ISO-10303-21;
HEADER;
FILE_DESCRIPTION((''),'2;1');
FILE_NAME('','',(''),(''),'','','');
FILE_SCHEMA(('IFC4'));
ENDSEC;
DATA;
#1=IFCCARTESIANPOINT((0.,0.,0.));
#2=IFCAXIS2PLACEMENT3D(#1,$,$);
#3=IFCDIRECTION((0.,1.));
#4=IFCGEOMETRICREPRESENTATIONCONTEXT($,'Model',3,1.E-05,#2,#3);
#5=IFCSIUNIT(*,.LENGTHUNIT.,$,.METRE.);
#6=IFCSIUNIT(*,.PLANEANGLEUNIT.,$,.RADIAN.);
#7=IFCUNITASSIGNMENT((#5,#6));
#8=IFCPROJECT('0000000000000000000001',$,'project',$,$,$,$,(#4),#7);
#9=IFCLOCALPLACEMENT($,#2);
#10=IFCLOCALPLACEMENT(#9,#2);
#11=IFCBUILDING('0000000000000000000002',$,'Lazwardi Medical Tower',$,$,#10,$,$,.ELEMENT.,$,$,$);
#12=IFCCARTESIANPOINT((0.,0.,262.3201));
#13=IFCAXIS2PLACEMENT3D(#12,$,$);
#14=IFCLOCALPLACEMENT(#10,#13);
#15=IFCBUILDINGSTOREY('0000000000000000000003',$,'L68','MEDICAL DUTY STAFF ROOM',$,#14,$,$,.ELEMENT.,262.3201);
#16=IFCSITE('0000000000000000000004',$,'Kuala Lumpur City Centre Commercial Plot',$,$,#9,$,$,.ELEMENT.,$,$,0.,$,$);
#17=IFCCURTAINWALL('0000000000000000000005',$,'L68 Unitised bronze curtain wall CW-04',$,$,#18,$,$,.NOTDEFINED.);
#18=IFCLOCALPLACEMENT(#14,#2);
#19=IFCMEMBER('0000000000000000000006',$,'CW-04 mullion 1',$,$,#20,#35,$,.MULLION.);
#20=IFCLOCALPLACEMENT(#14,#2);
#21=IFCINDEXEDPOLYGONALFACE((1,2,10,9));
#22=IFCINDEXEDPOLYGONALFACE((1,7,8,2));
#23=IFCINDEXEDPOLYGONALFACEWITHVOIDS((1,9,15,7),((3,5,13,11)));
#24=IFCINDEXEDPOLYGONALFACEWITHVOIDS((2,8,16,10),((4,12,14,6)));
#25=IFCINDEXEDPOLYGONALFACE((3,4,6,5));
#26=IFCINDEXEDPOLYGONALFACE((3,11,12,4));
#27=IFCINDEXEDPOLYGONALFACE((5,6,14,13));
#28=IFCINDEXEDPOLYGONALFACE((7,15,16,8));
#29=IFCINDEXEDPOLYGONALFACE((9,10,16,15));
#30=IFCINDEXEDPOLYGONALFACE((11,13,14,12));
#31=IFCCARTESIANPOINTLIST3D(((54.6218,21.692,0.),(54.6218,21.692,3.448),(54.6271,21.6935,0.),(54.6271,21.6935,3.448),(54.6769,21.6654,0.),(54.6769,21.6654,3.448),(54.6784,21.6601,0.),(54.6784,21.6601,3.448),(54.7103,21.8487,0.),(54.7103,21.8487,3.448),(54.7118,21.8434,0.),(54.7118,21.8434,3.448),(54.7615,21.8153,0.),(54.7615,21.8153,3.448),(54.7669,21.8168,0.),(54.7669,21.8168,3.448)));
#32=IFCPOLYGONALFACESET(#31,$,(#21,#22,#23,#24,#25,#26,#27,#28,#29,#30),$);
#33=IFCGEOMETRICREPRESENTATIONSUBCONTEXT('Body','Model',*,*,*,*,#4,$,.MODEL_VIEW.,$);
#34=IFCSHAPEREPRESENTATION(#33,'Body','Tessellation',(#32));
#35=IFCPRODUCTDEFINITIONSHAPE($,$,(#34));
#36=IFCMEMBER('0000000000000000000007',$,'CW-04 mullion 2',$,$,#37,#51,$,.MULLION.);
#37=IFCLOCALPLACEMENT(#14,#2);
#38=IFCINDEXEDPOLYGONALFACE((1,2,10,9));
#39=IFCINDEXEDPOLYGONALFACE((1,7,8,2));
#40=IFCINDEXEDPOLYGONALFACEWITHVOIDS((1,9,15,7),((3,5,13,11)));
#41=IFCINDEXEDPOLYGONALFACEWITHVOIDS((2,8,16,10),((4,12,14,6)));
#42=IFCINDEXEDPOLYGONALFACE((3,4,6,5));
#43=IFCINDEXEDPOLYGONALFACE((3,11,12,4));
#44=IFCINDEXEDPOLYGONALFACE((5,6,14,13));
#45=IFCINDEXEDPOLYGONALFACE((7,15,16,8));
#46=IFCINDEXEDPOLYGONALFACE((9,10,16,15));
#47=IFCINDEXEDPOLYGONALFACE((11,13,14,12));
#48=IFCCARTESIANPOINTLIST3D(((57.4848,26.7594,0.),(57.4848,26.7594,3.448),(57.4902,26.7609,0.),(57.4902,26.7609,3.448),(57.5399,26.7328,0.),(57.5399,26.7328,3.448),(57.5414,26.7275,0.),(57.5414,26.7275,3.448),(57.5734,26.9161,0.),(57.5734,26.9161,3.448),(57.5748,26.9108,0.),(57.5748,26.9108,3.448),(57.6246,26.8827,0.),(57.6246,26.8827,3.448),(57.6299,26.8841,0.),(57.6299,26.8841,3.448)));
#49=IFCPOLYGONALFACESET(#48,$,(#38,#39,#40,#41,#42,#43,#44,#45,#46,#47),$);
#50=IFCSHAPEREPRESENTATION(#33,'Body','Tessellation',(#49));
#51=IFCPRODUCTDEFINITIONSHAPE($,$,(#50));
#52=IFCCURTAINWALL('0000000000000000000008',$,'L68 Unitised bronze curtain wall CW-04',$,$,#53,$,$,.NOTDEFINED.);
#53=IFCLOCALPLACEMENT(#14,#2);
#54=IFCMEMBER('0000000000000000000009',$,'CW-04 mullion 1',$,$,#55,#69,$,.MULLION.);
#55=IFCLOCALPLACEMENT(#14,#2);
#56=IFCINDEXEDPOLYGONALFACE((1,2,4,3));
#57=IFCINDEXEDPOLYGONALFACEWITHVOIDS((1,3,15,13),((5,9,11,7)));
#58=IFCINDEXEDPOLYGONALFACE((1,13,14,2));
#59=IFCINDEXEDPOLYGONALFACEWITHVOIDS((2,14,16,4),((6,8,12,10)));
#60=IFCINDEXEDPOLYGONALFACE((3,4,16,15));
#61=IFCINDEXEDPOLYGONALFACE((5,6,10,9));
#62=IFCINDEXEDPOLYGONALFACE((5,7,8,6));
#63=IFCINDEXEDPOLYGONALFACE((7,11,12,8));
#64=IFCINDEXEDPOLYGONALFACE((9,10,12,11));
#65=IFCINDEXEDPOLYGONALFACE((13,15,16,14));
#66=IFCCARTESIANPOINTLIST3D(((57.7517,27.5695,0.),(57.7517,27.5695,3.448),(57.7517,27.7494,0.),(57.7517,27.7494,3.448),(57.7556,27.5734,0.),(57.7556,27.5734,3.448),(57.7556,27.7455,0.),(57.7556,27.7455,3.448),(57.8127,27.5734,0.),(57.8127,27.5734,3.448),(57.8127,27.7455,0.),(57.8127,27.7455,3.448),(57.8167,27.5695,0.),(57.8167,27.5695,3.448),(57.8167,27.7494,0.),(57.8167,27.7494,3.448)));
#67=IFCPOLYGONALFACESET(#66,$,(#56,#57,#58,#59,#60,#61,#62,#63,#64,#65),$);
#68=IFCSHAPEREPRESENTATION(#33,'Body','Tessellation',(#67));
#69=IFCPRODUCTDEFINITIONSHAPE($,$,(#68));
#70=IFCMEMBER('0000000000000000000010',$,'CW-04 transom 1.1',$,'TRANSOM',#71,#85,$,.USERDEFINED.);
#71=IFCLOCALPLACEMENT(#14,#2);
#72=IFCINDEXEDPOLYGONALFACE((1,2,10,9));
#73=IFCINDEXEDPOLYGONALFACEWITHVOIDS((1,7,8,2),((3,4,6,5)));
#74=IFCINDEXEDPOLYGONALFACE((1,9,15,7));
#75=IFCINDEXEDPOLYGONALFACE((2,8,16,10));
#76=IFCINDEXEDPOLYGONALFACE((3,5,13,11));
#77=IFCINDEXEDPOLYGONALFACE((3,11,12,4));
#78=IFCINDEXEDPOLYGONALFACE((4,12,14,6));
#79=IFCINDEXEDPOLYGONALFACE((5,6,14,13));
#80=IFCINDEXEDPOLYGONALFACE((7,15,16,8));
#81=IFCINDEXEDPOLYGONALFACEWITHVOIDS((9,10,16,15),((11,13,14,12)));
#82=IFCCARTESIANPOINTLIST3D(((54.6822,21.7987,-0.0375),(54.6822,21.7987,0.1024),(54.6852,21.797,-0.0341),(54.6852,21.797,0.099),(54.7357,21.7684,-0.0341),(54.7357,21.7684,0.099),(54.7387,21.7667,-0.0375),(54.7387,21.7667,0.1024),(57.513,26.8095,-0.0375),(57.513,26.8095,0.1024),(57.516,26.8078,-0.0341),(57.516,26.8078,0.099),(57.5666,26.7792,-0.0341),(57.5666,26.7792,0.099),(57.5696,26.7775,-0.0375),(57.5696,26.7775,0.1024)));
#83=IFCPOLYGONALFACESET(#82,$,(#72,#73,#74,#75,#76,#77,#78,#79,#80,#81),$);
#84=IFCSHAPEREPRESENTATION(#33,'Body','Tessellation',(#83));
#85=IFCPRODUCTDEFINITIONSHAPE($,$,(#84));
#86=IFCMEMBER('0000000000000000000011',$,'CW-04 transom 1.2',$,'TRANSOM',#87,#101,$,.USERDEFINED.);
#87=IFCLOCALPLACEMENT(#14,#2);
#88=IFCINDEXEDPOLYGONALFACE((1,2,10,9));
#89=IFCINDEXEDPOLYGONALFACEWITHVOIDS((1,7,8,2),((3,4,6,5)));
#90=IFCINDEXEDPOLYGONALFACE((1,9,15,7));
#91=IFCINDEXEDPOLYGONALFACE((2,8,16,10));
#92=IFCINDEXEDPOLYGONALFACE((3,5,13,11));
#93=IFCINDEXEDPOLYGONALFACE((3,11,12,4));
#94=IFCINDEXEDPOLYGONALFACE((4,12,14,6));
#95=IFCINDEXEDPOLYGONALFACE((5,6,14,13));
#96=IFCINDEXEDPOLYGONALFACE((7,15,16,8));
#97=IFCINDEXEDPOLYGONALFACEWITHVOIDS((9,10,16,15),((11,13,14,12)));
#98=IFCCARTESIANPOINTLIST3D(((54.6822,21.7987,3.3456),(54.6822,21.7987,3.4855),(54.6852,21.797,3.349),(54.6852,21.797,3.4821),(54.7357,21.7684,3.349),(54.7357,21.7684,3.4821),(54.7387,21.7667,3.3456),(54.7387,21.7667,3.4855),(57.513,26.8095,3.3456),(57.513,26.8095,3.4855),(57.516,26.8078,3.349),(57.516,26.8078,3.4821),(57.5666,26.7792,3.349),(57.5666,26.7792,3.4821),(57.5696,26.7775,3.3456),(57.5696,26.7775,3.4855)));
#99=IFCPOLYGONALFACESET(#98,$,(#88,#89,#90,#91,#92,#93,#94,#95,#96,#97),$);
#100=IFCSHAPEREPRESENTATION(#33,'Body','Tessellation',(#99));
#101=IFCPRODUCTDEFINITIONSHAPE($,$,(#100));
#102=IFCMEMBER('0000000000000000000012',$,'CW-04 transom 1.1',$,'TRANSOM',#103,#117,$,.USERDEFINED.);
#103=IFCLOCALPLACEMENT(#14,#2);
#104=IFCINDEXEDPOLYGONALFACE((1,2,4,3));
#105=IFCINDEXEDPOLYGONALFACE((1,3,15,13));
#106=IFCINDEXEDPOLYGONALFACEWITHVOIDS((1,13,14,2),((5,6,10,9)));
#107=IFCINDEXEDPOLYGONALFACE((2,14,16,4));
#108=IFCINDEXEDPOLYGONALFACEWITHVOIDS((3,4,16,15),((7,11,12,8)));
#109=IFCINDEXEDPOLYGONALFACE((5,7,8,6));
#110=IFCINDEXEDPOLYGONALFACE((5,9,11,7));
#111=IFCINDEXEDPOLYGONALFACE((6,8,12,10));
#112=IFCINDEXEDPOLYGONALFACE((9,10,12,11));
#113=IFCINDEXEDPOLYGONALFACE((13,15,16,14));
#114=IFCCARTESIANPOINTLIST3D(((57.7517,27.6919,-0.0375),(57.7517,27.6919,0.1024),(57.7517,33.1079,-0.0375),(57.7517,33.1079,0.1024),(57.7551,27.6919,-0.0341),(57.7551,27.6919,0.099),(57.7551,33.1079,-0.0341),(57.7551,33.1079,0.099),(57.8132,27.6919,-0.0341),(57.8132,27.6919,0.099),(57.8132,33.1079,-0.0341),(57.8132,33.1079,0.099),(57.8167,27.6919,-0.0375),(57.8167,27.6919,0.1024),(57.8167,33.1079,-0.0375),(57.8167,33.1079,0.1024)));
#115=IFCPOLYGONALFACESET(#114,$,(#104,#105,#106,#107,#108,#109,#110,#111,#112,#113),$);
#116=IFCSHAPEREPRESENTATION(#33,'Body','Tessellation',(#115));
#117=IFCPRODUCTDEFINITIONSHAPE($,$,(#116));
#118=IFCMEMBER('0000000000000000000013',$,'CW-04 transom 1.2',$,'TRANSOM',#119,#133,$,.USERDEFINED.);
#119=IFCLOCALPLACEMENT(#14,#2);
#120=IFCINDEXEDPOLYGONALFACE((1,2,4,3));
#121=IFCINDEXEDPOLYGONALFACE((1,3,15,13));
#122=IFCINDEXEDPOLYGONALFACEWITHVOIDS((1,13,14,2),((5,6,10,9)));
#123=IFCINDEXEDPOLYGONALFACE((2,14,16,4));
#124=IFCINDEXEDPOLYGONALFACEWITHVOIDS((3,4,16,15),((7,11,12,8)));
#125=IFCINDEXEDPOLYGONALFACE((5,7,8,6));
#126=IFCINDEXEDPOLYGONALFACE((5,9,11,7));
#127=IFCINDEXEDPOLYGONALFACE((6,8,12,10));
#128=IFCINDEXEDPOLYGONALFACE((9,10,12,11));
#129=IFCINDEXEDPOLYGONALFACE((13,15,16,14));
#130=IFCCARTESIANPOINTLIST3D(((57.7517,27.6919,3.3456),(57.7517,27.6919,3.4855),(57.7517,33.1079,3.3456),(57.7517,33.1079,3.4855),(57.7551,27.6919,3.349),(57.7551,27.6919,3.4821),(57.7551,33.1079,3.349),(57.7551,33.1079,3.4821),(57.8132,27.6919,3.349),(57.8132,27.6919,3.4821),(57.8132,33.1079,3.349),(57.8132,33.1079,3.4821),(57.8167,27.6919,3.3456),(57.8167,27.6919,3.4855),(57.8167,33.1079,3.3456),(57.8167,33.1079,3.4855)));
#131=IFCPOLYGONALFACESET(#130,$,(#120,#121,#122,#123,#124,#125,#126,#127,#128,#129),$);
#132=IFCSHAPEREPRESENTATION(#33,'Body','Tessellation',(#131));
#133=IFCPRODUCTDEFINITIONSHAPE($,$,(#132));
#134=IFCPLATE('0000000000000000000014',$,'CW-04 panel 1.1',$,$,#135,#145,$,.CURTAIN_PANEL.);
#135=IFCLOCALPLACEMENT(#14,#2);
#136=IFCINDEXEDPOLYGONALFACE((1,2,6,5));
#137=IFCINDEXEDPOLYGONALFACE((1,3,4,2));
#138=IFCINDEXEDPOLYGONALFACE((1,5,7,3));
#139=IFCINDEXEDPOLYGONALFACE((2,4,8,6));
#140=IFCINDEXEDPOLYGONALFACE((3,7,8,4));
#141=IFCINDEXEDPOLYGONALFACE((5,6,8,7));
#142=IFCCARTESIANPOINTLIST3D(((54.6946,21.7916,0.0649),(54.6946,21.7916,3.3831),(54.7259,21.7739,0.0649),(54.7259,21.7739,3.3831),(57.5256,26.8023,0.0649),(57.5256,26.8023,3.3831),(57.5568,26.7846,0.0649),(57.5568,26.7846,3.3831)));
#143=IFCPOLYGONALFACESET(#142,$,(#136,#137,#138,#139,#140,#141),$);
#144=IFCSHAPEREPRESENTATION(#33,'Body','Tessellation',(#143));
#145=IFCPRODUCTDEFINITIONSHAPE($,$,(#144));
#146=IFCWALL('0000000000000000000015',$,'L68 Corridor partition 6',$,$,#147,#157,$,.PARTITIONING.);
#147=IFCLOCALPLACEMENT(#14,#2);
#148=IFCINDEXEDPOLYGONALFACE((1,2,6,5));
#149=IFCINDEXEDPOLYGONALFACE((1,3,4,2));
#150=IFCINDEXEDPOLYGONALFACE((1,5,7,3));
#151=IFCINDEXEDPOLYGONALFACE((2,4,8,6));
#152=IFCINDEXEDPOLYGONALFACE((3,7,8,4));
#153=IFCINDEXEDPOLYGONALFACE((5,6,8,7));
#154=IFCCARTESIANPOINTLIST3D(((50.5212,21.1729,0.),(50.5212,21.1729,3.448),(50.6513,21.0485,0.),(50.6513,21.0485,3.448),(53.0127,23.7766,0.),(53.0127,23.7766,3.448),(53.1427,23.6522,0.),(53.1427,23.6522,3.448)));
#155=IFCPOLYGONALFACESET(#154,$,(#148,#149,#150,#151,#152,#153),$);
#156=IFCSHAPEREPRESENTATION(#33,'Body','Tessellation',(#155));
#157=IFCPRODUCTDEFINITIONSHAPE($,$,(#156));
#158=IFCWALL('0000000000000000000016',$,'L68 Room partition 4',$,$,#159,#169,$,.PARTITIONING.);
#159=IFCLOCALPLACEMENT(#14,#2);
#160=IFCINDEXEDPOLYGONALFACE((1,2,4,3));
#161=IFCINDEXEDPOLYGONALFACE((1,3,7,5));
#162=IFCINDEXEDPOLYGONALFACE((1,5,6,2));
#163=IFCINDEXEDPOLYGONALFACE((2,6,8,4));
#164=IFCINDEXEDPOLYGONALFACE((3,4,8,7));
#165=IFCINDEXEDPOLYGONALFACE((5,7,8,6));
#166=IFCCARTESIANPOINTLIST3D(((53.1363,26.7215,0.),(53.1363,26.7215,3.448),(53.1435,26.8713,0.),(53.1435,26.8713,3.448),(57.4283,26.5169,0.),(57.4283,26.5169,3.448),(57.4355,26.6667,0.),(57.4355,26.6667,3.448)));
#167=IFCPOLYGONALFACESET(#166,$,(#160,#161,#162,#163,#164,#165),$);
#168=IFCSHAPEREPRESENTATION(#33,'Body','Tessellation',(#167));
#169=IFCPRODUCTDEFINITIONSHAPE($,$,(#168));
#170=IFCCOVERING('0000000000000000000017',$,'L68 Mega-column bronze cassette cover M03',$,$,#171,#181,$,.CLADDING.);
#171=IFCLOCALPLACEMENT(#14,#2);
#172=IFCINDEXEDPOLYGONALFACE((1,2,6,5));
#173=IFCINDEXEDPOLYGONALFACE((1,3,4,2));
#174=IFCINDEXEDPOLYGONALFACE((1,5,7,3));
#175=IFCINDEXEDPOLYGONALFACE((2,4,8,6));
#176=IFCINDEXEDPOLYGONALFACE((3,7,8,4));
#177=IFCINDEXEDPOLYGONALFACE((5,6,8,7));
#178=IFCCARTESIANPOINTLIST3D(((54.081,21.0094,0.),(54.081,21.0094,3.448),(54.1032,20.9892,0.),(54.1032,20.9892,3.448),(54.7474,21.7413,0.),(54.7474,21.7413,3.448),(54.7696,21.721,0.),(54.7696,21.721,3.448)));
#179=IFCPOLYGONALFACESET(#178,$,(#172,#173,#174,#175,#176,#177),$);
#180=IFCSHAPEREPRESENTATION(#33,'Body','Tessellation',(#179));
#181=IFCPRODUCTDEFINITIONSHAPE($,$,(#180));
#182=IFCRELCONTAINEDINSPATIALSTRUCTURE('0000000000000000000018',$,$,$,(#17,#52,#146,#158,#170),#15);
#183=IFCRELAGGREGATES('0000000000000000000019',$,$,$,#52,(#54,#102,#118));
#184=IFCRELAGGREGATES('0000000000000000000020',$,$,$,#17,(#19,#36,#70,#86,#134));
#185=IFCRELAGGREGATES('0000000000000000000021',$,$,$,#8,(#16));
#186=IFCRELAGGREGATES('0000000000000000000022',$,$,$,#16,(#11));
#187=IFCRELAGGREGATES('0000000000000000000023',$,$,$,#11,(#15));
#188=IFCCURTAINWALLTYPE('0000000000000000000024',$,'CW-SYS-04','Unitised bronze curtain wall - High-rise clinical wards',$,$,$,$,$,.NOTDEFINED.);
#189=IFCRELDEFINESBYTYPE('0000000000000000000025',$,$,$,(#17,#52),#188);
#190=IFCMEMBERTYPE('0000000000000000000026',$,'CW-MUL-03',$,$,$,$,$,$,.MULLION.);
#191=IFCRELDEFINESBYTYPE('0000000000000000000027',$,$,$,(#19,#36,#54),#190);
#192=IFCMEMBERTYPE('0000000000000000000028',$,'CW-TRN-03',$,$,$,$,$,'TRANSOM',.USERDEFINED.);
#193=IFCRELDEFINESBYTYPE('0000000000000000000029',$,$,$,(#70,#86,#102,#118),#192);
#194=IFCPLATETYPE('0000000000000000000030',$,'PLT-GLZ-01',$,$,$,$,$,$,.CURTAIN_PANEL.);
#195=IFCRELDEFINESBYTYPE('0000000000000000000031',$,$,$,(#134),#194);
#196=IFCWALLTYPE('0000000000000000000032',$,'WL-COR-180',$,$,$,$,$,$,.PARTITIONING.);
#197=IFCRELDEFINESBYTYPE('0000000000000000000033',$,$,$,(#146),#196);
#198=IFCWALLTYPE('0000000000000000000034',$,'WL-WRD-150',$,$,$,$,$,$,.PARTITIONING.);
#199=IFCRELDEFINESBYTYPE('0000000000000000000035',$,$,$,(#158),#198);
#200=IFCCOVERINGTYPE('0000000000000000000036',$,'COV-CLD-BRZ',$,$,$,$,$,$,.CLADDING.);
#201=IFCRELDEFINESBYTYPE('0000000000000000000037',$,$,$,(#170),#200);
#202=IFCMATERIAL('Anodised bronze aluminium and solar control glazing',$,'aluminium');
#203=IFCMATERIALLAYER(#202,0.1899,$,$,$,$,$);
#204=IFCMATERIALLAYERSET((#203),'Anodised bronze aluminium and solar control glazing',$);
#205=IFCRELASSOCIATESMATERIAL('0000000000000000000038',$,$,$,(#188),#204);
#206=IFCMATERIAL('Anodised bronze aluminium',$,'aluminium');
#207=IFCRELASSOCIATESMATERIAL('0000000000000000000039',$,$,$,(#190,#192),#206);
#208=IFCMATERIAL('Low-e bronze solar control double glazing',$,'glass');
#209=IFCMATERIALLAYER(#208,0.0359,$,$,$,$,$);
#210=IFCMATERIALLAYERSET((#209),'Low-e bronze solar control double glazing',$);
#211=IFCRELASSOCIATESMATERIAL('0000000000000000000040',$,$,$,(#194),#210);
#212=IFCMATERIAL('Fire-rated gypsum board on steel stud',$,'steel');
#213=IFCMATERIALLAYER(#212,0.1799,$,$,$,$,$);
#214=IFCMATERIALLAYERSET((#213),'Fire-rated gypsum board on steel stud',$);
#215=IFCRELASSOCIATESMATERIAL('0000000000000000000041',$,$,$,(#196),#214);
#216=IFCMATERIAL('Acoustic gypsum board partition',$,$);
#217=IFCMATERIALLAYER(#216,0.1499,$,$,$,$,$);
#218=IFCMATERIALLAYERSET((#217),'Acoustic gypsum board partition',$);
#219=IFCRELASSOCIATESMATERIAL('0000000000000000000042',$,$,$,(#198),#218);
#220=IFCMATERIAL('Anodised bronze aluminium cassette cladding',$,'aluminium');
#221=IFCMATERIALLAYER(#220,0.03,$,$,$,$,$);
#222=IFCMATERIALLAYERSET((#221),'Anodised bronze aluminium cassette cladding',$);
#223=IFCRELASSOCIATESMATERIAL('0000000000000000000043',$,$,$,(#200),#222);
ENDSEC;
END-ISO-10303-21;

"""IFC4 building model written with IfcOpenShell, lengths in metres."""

from ifc_helpers import new_model, si_unit, direction, frame, frame_2d, origin, origin_2d, place, context, subcontext, project, spatial, rectangle, hollow_rectangle, extrude, material, layer, layer_set, material_profile, profile_set, type_object, element, aggregate, save


model = new_model("IFC4")

# Units and contexts
model_context = context("Model", 3, precision=1e-05, world=origin(), true_north=direction((0.0, 1.0)))
body_context = subcontext(model_context, "Body", "Model", "MODEL_VIEW")
ifc_project = project(units=[si_unit("LENGTHUNIT", "METRE"), si_unit("PLANEANGLEUNIT", "RADIAN")], contexts=[model_context])

# Site, building, storey
site_placement = place(None, origin())
site = spatial("IfcSite", under=ifc_project, at=site_placement, Name="Kuala Lumpur City Centre Commercial Plot", CompositionType="ELEMENT", RefElevation=0.0)
building_placement = place(site_placement, origin())
building = spatial("IfcBuilding", under=site, at=building_placement, Name="Lazwardi Medical Tower", CompositionType="ELEMENT")
storey_placement = place(building_placement, frame((0.0, 0.0, 262.3201)))
storey = spatial("IfcBuildingStorey", under=building, at=storey_placement, Name="L68", Description="MEDICAL DUTY STAFF ROOM", CompositionType="ELEMENT", Elevation=262.3201)

# Shared definitions
ifc_material_1 = material(Name="Anodised bronze aluminium and solar control glazing", Category="aluminium")
ifc_layer_1 = layer(ifc_material_1, 0.1899)
ifc_layer_set_1 = layer_set([ifc_layer_1], Name="Anodised bronze aluminium and solar control glazing")
curtain_wall_type = type_object("IfcCurtainWallType", Name="CW-SYS-04", Description="Unitised bronze curtain wall - High-rise clinical wards", PredefinedType="NOTDEFINED", material=ifc_layer_set_1)
ifc_material_2 = material(Name="Anodised bronze aluminium", Category="aluminium")
ifc_material_profile_1 = material_profile(ifc_material_2, hollow_rectangle(XDim=0.0649, YDim=0.1799, WallThickness=0.0039, at=origin_2d()), Name="ALU-MULLION 180x65x4")
ifc_profile_set_1 = profile_set([ifc_material_profile_1], Name="Anodised bronze aluminium")
member_type_1 = type_object("IfcMemberType", Name="CW-MUL-03", PredefinedType="MULLION", material=ifc_profile_set_1)

# Curtain wall, members
curtain_wall_1_placement = place(storey_placement, origin())
curtain_wall_1 = element("IfcCurtainWall", 1, at=curtain_wall_1_placement, inside=storey, type_object=curtain_wall_type, Name="L68 Unitised bronze curtain wall CW-04", PredefinedType="NOTDEFINED")
member_1_placement = place(storey_placement, frame((54.6943, 21.7544, 0.0), z_axis=(0.0, 0.0, 1.0), x_axis=(-0.870651, 0.4919, 0.0)))
member_1 = element("IfcMember", 2, at=member_1_placement, type_object=member_type_1, Name="CW-04 mullion 1", PredefinedType="MULLION", context=body_context, shape_type="SweptSolid", body=[
    extrude(hollow_rectangle(XDim=0.0649, YDim=0.1799, WallThickness=0.0039, at=origin_2d()), origin(), (0.0, 0.0, 1.0), 3.448),
])
member_2_placement = place(storey_placement, frame((57.5574, 26.8218, 0.0), z_axis=(0.0, 0.0, 1.0), x_axis=(-0.870651, 0.4919, 0.0)))
member_2 = element("IfcMember", 3, at=member_2_placement, type_object=member_type_1, Name="CW-04 mullion 2", PredefinedType="MULLION", context=body_context, shape_type="SweptSolid", body=[
    extrude(hollow_rectangle(XDim=0.0649, YDim=0.1799, WallThickness=0.0039, at=origin_2d()), origin(), (0.0, 0.0, 1.0), 3.448),
])

# Curtain wall, member
curtain_wall_2_placement = place(storey_placement, origin())
curtain_wall_2 = element("IfcCurtainWall", 4, at=curtain_wall_2_placement, inside=storey, type_object=curtain_wall_type, Name="L68 Unitised bronze curtain wall CW-04", PredefinedType="NOTDEFINED")
member_3_placement = place(storey_placement, frame((57.7842, 27.6594, 0.0), z_axis=(0.0, 0.0, 1.0), x_axis=(-1.0, 0.0, 0.0)))
member_3 = element("IfcMember", 5, at=member_3_placement, type_object=member_type_1, Name="CW-04 mullion 1", PredefinedType="MULLION", context=body_context, shape_type="SweptSolid", body=[
    extrude(hollow_rectangle(XDim=0.0649, YDim=0.1799, WallThickness=0.0039, at=origin_2d()), origin(), (0.0, 0.0, 1.0), 3.448),
])

# Members
ifc_material_profile_2 = material_profile(ifc_material_2, hollow_rectangle(XDim=0.0649, YDim=0.1399, WallThickness=0.0034, at=origin_2d()), Name="ALU-TRANSOM 140x65x3.5")
ifc_profile_set_2 = profile_set([ifc_material_profile_2], Name="Anodised bronze aluminium")
member_type_2 = type_object("IfcMemberType", Name="CW-TRN-03", ElementType="TRANSOM", PredefinedType="USERDEFINED", material=ifc_profile_set_2)
member_4_placement = place(storey_placement, frame((54.7104, 21.7827, 0.0325), z_axis=(0.49188, 0.870663, 0.0), x_axis=(-0.870663, 0.49188, 0.0)))
member_4 = element("IfcMember", 6, at=member_4_placement, type_object=member_type_2, Name="CW-04 transom 1.1", ObjectType="TRANSOM", PredefinedType="USERDEFINED", context=body_context, shape_type="SweptSolid", body=[
    extrude(hollow_rectangle(XDim=0.0649, YDim=0.1399, WallThickness=0.0034, at=origin_2d()), origin(), (0.0, 0.0, 1.0), 5.7551),
])
member_5_placement = place(storey_placement, frame((54.7104, 21.7827, 3.4155), z_axis=(0.49188, 0.870663, 0.0), x_axis=(-0.870663, 0.49188, 0.0)))
member_5 = element("IfcMember", 7, at=member_5_placement, type_object=member_type_2, Name="CW-04 transom 1.2", ObjectType="TRANSOM", PredefinedType="USERDEFINED", context=body_context, shape_type="SweptSolid", body=[
    extrude(hollow_rectangle(XDim=0.0649, YDim=0.1399, WallThickness=0.0034, at=origin_2d()), origin(), (0.0, 0.0, 1.0), 5.7551),
])
member_6_placement = place(storey_placement, frame((57.7842, 27.6919, 0.0325), z_axis=(0.0, 1.0, 0.0), x_axis=(-1.0, 0.0, 0.0)))
member_6 = element("IfcMember", 8, at=member_6_placement, type_object=member_type_2, Name="CW-04 transom 1.1", ObjectType="TRANSOM", PredefinedType="USERDEFINED", context=body_context, shape_type="SweptSolid", body=[
    extrude(hollow_rectangle(XDim=0.0649, YDim=0.1399, WallThickness=0.0034, at=origin_2d()), origin(), (0.0, 0.0, 1.0), 5.416),
])
member_7_placement = place(storey_placement, frame((57.7842, 27.6919, 3.4155), z_axis=(0.0, 1.0, 0.0), x_axis=(-1.0, 0.0, 0.0)))
member_7 = element("IfcMember", 9, at=member_7_placement, type_object=member_type_2, Name="CW-04 transom 1.2", ObjectType="TRANSOM", PredefinedType="USERDEFINED", context=body_context, shape_type="SweptSolid", body=[
    extrude(hollow_rectangle(XDim=0.0649, YDim=0.1399, WallThickness=0.0034, at=origin_2d()), origin(), (0.0, 0.0, 1.0), 5.416),
])
aggregate(curtain_wall_2, [member_3, member_6, member_7])

# Plate
ifc_material_3 = material(Name="Low-e bronze solar control double glazing", Category="glass")
ifc_layer_2 = layer(ifc_material_3, 0.0359)
ifc_layer_set_2 = layer_set([ifc_layer_2], Name="Low-e bronze solar control double glazing")
plate_type = type_object("IfcPlateType", Name="PLT-GLZ-01", PredefinedType="CURTAIN_PANEL", material=ifc_layer_set_2)
plate_placement = place(storey_placement, frame((56.1257, 24.2881, 0.0649), z_axis=(0.0, 0.0, 1.0), x_axis=(0.4919, 0.870651, 0.0)))
plate = element("IfcPlate", 10, at=plate_placement, type_object=plate_type, Name="CW-04 panel 1.1", PredefinedType="CURTAIN_PANEL", context=body_context, shape_type="SweptSolid", body=[
    extrude(rectangle(XDim=5.7551, YDim=0.0359, at=origin_2d()), origin(), (0.0, 0.0, 1.0), 3.3181),
])
aggregate(curtain_wall_1, [member_1, member_2, member_4, member_5, plate])

# Walls
ifc_material_4 = material(Name="Fire-rated gypsum board on steel stud", Category="steel")
ifc_layer_3 = layer(ifc_material_4, 0.1799)
ifc_layer_set_3 = layer_set([ifc_layer_3], Name="Fire-rated gypsum board on steel stud")
wall_type_1 = type_object("IfcWallType", Name="WL-COR-180", PredefinedType="PARTITIONING", material=ifc_layer_set_3)
wall_1_placement = place(storey_placement, frame((53.0776, 23.7144, 0.0), z_axis=(0.0, 0.0, 1.0), x_axis=(-0.691353, -0.722517, 0.0)))
element("IfcWall", 11, at=wall_1_placement, inside=storey, type_object=wall_type_1, Name="L68 Corridor partition 6", PredefinedType="PARTITIONING", context=body_context, shape_type="SweptSolid", body=[
    extrude(rectangle(XDim=3.6038, YDim=0.1799, at=frame_2d((1.8018, 0.0))), origin(), (0.0, 0.0, 1.0), 3.448),
])
ifc_material_5 = material(Name="Acoustic gypsum board partition")
ifc_layer_4 = layer(ifc_material_5, 0.1499)
ifc_layer_set_4 = layer_set([ifc_layer_4], Name="Acoustic gypsum board partition")
wall_type_2 = type_object("IfcWallType", Name="WL-WRD-150", PredefinedType="PARTITIONING", material=ifc_layer_set_4)
wall_2_placement = place(storey_placement, frame((53.1399, 26.7964, 0.0), z_axis=(0.0, 0.0, 1.0), x_axis=(0.998866, -0.047614, 0.0)))
element("IfcWall", 12, at=wall_2_placement, inside=storey, type_object=wall_type_2, Name="L68 Room partition 4", PredefinedType="PARTITIONING", context=body_context, shape_type="SweptSolid", body=[
    extrude(rectangle(XDim=4.2969, YDim=0.1499, at=frame_2d((2.1484, 0.0))), origin(), (0.0, 0.0, 1.0), 3.448),
])

# Covering
ifc_material_6 = material(Name="Anodised bronze aluminium cassette cladding", Category="aluminium")
ifc_layer_5 = layer(ifc_material_6, 0.03)
ifc_layer_set_5 = layer_set([ifc_layer_5], Name="Anodised bronze aluminium cassette cladding")
covering_type = type_object("IfcCoveringType", Name="COV-CLD-BRZ", PredefinedType="CLADDING", material=ifc_layer_set_5)
covering_1_placement = place(storey_placement, frame((54.4253, 21.3652, 0.0), z_axis=(0.0, 0.0, 1.0), x_axis=(0.673241, 0.739423, 0.0)))
element("IfcCovering", 13, at=covering_1_placement, inside=storey, type_object=covering_type, Name="L68 Mega-column bronze cassette cover M03", PredefinedType="CLADDING", context=body_context, shape_type="SweptSolid", body=[
    extrude(rectangle(XDim=0.9897, YDim=0.03, at=origin_2d()), origin(), (0.0, 0.0, 1.0), 3.448),
])

save(model, "model.ifc")
